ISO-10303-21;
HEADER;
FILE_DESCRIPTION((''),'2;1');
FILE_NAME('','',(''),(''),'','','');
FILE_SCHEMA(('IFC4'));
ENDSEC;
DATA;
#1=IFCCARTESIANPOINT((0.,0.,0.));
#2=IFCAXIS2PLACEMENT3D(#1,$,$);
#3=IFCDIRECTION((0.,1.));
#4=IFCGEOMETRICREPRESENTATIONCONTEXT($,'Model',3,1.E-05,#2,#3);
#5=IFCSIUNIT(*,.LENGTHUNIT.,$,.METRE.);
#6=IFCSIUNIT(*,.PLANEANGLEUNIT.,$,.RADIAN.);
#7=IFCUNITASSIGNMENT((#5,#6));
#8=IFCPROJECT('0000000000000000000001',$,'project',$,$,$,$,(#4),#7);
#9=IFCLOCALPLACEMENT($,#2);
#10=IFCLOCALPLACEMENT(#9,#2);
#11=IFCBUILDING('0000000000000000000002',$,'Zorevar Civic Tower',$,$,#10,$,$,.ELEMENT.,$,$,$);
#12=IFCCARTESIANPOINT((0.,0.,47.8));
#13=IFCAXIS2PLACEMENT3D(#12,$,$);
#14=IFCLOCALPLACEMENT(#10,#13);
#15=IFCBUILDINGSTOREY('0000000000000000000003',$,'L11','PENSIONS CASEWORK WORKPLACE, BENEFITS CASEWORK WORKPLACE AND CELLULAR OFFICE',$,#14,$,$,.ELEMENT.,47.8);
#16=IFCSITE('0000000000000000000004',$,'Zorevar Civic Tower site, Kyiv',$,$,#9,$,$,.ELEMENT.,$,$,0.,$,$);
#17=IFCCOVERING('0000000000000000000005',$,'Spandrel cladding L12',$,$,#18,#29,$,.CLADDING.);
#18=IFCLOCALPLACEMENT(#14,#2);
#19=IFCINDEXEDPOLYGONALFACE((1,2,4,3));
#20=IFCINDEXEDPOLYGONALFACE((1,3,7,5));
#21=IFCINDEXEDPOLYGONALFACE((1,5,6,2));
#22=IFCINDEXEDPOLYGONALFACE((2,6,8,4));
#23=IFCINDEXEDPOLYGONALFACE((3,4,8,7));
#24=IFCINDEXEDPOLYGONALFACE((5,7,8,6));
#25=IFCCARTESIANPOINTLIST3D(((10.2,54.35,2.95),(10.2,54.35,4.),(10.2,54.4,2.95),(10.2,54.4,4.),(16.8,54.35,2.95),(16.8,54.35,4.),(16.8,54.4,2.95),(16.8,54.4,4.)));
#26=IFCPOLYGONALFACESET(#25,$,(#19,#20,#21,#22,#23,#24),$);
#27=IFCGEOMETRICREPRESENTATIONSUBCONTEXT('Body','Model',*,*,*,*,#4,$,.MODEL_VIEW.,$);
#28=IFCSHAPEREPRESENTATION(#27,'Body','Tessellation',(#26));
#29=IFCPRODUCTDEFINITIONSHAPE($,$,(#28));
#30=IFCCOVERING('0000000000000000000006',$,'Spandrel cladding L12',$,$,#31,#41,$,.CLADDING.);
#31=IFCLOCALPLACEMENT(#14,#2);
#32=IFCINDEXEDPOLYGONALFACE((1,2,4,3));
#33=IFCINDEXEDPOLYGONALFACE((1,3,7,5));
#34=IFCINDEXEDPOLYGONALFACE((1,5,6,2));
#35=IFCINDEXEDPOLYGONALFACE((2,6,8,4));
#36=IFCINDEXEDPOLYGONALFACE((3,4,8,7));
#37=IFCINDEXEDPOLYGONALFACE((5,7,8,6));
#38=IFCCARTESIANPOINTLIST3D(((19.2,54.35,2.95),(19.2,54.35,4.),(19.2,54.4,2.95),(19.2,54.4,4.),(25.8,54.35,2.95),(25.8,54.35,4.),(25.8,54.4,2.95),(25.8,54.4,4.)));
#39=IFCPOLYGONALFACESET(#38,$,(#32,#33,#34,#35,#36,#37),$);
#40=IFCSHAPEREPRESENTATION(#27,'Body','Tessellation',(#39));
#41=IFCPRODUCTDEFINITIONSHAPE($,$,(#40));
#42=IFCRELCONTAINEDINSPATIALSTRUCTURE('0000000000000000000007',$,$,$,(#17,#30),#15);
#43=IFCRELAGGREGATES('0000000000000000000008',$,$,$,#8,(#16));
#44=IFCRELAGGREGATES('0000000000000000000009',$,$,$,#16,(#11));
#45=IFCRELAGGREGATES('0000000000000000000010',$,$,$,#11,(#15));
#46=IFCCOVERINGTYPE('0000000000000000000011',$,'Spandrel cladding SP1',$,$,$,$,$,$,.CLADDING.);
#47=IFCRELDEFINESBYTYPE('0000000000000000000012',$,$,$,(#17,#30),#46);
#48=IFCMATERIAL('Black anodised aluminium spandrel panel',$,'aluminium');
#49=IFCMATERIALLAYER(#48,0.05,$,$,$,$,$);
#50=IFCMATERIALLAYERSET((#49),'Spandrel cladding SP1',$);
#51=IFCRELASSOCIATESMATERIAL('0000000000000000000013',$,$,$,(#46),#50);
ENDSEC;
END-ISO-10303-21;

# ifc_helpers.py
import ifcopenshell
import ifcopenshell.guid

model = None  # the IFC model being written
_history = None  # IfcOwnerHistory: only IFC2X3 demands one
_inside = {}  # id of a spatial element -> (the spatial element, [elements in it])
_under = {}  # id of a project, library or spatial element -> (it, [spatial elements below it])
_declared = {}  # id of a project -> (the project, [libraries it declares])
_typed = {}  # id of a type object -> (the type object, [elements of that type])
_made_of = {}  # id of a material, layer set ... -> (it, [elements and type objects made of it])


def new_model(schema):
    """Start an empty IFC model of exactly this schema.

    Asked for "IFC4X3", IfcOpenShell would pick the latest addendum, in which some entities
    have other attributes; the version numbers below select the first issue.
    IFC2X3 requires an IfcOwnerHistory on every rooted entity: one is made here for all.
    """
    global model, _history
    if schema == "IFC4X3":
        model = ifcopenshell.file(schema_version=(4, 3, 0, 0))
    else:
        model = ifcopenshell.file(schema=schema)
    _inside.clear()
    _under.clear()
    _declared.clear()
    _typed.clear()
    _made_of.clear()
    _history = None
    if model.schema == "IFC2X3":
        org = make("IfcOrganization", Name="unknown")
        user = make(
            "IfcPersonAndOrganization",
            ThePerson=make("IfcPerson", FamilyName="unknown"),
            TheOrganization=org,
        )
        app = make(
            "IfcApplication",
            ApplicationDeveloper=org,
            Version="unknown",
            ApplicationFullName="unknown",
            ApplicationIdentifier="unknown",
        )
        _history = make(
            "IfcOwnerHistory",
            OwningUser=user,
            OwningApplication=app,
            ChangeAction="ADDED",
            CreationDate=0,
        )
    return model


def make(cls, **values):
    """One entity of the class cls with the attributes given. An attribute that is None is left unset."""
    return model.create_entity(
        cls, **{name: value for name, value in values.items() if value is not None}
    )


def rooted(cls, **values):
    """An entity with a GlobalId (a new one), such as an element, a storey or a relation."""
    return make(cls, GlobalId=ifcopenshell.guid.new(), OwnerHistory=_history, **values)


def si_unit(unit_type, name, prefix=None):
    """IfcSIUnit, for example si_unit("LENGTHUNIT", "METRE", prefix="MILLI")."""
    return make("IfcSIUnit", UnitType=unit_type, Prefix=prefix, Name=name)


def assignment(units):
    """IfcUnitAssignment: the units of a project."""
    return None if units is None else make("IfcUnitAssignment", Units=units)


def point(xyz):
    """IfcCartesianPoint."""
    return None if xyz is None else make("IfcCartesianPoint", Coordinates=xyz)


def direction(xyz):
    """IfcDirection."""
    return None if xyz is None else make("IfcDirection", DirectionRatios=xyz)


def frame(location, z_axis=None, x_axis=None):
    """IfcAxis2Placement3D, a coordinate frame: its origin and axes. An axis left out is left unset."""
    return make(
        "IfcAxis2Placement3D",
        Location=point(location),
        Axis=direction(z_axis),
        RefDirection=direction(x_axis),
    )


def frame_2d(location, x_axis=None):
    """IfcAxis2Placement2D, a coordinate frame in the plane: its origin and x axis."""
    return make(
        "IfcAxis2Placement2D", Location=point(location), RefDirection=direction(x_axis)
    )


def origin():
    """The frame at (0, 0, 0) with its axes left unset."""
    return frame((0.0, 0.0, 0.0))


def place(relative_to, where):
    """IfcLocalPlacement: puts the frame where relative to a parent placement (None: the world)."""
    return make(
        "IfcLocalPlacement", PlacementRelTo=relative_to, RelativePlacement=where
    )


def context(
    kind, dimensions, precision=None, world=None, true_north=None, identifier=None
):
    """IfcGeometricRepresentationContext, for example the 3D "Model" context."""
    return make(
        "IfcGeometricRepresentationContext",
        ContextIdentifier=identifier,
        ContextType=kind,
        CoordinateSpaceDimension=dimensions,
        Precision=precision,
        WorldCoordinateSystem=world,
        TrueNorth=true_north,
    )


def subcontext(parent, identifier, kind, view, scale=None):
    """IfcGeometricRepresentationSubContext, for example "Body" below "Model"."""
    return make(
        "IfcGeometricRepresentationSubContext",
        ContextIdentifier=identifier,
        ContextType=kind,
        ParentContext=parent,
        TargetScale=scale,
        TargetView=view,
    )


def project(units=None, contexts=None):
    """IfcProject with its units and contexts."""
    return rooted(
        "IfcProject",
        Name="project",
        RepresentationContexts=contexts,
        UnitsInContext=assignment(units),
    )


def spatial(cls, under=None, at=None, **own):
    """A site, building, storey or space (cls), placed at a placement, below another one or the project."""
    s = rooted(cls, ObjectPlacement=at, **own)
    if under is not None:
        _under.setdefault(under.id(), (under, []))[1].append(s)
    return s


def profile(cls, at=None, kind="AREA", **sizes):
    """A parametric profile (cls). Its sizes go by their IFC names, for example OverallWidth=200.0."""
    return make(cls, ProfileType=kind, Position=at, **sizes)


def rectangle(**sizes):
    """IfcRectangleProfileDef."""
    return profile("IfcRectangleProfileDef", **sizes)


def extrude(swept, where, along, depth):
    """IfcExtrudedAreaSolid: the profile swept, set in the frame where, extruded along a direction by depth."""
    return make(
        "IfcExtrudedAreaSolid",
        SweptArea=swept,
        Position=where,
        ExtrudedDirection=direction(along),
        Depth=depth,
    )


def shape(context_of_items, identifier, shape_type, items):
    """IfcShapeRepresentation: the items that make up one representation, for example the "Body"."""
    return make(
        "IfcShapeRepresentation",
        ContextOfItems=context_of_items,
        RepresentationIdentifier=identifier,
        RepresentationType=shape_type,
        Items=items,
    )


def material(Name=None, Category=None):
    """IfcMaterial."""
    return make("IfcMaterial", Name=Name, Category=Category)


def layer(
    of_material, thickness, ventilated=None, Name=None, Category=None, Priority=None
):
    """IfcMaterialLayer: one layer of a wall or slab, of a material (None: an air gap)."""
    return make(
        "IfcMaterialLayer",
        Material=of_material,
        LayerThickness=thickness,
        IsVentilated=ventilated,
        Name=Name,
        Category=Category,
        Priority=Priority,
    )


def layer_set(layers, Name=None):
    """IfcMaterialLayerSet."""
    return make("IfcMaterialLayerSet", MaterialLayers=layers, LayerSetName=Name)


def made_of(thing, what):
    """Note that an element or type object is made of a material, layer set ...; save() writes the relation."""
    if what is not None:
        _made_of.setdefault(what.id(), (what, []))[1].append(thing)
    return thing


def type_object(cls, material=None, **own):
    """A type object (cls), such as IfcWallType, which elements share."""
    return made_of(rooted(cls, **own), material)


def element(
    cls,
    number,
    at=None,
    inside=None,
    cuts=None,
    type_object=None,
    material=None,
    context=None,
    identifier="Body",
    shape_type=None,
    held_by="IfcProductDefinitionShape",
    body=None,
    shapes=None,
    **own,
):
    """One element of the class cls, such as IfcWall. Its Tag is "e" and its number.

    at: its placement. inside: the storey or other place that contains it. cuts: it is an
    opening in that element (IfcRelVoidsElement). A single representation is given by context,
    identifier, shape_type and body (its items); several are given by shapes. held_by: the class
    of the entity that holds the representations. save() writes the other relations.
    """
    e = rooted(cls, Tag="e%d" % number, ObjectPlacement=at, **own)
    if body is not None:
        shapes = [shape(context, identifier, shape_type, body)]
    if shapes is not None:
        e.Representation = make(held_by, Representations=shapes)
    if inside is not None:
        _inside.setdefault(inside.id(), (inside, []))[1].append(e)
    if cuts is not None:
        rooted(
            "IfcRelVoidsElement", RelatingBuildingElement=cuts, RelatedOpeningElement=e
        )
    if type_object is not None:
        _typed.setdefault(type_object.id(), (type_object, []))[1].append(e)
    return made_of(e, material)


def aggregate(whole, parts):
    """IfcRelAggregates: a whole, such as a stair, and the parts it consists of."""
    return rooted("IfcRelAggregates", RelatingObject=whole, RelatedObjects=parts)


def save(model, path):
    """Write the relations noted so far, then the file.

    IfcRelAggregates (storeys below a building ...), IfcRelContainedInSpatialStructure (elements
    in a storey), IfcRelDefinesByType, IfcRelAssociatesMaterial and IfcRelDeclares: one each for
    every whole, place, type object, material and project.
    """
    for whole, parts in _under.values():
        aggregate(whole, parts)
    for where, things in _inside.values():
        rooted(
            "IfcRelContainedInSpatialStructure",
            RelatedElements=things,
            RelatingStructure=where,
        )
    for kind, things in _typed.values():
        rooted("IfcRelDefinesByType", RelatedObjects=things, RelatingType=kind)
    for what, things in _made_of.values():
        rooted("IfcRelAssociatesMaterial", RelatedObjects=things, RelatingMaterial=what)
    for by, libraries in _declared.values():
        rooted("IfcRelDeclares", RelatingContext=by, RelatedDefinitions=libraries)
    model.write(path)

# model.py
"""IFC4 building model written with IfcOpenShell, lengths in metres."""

from ifc_helpers import new_model, si_unit, direction, frame, frame_2d, origin, place, context, subcontext, project, spatial, rectangle, extrude, material, layer, layer_set, type_object, element, save


model = new_model("IFC4")

# Units and contexts
model_context = context("Model", 3, precision=1e-05, world=origin(), true_north=direction((0.0, 1.0)))
body_context = subcontext(model_context, "Body", "Model", "MODEL_VIEW")
ifc_project = project(units=[si_unit("LENGTHUNIT", "METRE"), si_unit("PLANEANGLEUNIT", "RADIAN")], contexts=[model_context])

# Site, building, storey
site_placement = place(None, origin())
site = spatial("IfcSite", under=ifc_project, at=site_placement, Name="Zorevar Civic Tower site, Kyiv", CompositionType="ELEMENT", RefElevation=0.0)
building_placement = place(site_placement, origin())
building = spatial("IfcBuilding", under=site, at=building_placement, Name="Zorevar Civic Tower", CompositionType="ELEMENT")
storey_placement = place(building_placement, frame((0.0, 0.0, 47.8)))
storey = spatial("IfcBuildingStorey", under=building, at=storey_placement, Name="L11", Description="PENSIONS CASEWORK WORKPLACE, BENEFITS CASEWORK WORKPLACE AND CELLULAR OFFICE", CompositionType="ELEMENT", Elevation=47.8)

# Coverings
ifc_material_1 = material(Name="Black anodised aluminium spandrel panel", Category="aluminium")
ifc_layer_1 = layer(ifc_material_1, 0.05)
ifc_layer_set_1 = layer_set([ifc_layer_1], Name="Spandrel cladding SP1")
covering_type = type_object("IfcCoveringType", Name="Spandrel cladding SP1", PredefinedType="CLADDING", material=ifc_layer_set_1)
for number, where, z_axis, x_axis, name in (
    (1, (10.2, 54.375, 2.95), (0.0, 0.0, 1.0), (1.0, 0.0, 0.0), "Spandrel cladding L12"),
    (2, (19.2, 54.375, 2.95), (0.0, 0.0, 1.0), (1.0, 0.0, 0.0), "Spandrel cladding L12"),
):
    element("IfcCovering", number, at=place(storey_placement, frame(where, z_axis=z_axis, x_axis=x_axis)), inside=storey, type_object=covering_type, Name=name, PredefinedType="CLADDING", context=body_context, shape_type="SweptSolid", body=[
        extrude(rectangle(XDim=6.6001, YDim=0.05, at=frame_2d((3.3, 0.0))), origin(), (0.0, 0.0, 1.0), 1.05),
    ])

save(model, "model.ifc")
